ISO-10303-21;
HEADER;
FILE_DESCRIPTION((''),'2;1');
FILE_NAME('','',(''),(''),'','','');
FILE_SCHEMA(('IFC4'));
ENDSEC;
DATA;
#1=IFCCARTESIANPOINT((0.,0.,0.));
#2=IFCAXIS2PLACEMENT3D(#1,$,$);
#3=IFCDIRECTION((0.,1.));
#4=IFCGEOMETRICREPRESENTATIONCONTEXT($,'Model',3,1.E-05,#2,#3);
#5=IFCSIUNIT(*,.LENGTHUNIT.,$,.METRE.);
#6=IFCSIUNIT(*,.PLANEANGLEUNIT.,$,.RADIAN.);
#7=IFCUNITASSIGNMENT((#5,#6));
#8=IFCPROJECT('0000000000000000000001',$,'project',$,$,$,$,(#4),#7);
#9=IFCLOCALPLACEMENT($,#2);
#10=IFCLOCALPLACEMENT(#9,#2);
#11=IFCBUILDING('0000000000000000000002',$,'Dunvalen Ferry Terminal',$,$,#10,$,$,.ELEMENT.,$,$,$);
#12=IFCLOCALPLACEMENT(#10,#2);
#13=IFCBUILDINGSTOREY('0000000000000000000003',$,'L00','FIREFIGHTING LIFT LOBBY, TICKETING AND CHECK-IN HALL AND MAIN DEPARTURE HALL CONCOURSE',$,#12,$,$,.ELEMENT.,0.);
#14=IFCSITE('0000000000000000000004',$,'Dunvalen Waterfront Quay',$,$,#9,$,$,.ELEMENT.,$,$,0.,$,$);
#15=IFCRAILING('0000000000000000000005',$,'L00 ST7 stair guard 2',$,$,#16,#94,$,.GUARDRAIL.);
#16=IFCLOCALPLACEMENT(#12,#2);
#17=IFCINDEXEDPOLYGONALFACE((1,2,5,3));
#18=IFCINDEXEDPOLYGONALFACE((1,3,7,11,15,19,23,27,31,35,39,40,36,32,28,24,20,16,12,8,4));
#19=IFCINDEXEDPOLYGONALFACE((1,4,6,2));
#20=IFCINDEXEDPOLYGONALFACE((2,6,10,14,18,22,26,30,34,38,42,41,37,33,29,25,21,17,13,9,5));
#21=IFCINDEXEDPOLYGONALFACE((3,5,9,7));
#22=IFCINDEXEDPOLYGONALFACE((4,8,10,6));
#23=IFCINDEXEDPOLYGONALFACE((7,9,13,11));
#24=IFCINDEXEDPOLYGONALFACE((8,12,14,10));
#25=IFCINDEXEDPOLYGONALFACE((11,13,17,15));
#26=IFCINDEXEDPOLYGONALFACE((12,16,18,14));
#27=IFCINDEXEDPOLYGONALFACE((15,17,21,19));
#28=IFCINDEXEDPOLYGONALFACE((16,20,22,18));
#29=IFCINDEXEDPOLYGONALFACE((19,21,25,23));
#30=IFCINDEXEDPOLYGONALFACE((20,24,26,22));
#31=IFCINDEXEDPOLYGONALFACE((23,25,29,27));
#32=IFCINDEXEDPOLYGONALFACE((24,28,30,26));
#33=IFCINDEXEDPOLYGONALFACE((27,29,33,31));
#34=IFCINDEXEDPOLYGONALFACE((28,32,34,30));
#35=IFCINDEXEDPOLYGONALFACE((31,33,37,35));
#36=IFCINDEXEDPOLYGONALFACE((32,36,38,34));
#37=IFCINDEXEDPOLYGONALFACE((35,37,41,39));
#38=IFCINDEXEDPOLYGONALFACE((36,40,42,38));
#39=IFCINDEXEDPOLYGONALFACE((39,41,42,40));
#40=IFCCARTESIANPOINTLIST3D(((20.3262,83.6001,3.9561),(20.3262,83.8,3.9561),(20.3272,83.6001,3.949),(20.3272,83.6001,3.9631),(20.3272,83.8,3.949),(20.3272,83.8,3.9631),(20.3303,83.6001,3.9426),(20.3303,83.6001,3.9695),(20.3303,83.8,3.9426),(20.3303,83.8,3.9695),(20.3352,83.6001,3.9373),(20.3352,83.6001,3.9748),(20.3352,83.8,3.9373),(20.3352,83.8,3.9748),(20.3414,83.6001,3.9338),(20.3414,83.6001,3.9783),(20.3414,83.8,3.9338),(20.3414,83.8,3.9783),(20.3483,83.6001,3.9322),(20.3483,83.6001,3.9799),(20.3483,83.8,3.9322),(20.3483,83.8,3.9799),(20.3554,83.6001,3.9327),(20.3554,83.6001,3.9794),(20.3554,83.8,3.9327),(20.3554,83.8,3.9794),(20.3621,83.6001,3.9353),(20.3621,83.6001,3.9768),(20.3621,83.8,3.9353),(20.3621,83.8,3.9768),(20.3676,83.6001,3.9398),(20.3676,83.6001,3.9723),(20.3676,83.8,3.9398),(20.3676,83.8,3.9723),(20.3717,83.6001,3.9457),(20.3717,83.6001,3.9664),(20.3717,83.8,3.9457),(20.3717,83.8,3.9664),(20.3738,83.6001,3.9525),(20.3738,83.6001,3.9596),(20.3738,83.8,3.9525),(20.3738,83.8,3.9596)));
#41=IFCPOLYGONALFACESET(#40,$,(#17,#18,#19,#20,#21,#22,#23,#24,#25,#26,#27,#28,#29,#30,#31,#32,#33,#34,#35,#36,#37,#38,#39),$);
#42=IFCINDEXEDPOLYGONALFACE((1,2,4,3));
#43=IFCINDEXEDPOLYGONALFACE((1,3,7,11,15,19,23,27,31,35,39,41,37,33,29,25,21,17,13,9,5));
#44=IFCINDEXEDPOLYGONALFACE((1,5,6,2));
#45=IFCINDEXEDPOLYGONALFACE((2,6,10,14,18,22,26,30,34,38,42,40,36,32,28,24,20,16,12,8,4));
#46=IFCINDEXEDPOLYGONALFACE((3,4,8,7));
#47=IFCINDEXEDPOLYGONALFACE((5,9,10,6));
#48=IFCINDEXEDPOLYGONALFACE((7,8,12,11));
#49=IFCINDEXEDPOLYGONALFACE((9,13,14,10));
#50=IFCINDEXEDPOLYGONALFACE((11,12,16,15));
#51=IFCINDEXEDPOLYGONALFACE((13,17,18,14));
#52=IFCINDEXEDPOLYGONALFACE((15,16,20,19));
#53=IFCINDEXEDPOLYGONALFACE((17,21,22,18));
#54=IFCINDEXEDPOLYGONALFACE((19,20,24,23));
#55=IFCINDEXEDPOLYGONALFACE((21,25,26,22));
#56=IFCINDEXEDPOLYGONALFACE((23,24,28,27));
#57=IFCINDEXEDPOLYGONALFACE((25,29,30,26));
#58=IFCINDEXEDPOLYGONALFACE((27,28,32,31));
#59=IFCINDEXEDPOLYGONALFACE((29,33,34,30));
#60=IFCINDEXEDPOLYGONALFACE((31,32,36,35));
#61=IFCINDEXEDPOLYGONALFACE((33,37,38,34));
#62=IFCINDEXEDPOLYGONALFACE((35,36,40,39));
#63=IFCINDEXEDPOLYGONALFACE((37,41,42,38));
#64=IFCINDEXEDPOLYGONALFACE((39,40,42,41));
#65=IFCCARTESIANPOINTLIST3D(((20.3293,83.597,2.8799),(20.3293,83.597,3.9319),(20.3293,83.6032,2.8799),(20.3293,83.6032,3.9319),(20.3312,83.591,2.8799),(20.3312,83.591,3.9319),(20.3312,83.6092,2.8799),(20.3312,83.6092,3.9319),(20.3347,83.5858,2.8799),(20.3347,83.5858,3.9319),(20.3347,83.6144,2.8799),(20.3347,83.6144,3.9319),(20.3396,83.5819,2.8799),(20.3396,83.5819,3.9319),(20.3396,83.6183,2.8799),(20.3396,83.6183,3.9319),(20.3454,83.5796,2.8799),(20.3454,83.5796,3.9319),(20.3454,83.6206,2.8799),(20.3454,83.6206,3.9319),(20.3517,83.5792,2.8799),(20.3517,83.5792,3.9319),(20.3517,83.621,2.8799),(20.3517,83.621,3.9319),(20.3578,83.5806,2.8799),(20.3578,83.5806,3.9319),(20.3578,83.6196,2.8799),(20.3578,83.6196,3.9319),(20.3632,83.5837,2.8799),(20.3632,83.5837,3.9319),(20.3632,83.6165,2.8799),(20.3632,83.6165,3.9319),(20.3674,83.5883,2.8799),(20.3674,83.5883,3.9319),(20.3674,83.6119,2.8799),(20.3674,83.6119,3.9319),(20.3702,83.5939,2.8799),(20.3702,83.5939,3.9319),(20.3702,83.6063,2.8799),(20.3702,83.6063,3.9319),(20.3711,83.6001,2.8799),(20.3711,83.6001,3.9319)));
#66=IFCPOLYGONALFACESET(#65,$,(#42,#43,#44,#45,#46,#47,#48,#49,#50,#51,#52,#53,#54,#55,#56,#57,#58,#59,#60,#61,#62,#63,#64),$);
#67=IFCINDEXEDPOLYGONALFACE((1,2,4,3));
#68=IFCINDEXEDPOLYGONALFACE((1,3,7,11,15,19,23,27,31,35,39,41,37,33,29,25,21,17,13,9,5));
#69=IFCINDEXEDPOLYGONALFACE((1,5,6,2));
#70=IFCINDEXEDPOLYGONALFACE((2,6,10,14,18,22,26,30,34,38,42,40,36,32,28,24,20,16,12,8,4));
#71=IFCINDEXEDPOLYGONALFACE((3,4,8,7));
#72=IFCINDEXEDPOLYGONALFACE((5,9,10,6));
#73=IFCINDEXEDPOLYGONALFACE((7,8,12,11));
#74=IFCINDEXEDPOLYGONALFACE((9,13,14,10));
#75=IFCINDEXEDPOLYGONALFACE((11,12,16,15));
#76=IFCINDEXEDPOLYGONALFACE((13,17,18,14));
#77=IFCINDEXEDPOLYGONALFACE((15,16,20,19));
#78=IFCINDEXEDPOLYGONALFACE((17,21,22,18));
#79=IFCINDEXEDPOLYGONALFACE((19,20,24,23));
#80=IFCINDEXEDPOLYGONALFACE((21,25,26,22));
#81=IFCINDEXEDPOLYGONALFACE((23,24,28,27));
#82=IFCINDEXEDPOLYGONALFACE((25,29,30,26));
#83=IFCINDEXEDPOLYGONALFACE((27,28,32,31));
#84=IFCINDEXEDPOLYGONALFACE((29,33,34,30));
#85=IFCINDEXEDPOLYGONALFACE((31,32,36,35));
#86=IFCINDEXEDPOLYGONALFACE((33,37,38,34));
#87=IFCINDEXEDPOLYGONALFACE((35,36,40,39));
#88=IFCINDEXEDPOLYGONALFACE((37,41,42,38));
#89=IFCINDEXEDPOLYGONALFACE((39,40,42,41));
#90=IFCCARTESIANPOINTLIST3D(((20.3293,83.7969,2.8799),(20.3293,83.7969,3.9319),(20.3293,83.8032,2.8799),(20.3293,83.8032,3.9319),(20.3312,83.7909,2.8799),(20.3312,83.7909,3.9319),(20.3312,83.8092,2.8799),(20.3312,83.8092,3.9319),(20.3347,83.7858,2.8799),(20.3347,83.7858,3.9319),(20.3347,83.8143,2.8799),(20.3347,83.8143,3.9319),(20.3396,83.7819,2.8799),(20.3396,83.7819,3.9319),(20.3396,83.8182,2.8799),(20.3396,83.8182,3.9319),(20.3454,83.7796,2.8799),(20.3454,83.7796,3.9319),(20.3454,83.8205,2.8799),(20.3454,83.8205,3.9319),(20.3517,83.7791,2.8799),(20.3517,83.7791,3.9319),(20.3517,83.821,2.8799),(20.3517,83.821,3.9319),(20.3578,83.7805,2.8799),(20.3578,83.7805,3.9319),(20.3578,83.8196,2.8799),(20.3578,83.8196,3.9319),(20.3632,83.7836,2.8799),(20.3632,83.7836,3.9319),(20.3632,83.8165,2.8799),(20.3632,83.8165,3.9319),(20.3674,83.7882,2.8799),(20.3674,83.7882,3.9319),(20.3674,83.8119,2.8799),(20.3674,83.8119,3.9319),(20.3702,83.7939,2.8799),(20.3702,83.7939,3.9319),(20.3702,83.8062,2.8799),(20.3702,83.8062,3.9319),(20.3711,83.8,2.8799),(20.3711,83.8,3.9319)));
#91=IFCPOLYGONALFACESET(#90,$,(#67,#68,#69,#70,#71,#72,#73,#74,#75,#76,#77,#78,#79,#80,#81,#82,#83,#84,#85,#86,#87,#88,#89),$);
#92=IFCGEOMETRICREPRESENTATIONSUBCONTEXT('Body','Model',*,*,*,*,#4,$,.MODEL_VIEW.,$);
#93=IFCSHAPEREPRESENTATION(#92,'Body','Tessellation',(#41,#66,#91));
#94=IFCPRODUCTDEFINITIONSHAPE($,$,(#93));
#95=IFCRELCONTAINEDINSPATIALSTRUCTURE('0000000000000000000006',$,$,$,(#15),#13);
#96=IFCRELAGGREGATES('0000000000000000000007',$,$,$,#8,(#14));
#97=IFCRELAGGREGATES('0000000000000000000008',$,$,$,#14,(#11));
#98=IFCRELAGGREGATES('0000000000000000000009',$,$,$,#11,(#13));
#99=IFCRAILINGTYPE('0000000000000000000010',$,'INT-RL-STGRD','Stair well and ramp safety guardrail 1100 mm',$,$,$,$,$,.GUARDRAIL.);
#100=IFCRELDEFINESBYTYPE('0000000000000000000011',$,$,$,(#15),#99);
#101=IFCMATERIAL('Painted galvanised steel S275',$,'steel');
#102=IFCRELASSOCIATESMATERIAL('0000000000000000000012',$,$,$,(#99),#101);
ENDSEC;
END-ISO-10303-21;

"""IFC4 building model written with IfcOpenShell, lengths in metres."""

from ifc_helpers import new_model, si_unit, direction, frame, origin, origin_2d, place, context, subcontext, project, spatial, circle, extrude, material, type_object, element, save


model = new_model("IFC4")

# Units and contexts
model_context = context("Model", 3, precision=1e-05, world=origin(), true_north=direction((0.0, 1.0)))
body_context = subcontext(model_context, "Body", "Model", "MODEL_VIEW")
ifc_project = project(units=[si_unit("LENGTHUNIT", "METRE"), si_unit("PLANEANGLEUNIT", "RADIAN")], contexts=[model_context])

# Site, building, storey
site_placement = place(None, origin())
site = spatial("IfcSite", under=ifc_project, at=site_placement, Name="Dunvalen Waterfront Quay", CompositionType="ELEMENT", RefElevation=0.0)
building_placement = place(site_placement, origin())
building = spatial("IfcBuilding", under=site, at=building_placement, Name="Dunvalen Ferry Terminal", CompositionType="ELEMENT")
storey_placement = place(building_placement, origin())
storey = spatial("IfcBuildingStorey", under=building, at=storey_placement, Name="L00", Description="FIREFIGHTING LIFT LOBBY, TICKETING AND CHECK-IN HALL AND MAIN DEPARTURE HALL CONCOURSE", CompositionType="ELEMENT", Elevation=0.0)

# Railing
ifc_material_1 = material(Name="Painted galvanised steel S275", Category="steel")
railing_type_1 = type_object("IfcRailingType", Name="INT-RL-STGRD", Description="Stair well and ramp safety guardrail 1100 mm", PredefinedType="GUARDRAIL", material=ifc_material_1)
railing_1_placement = place(storey_placement, frame((20.3501, 83.6001, 2.8799)))
element("IfcRailing", 1, at=railing_1_placement, inside=storey, type_object=railing_type_1, Name="L00 ST7 stair guard 2", PredefinedType="GUARDRAIL", context=body_context, shape_type="SweptSolid", body=[
    extrude(circle(Radius=0.0239, at=origin_2d()), frame((0.0, 0.0, 1.0762), z_axis=(0.0, 1.0, 0.0), x_axis=(-1.0, 0.0, 0.0)), (0.0, 0.0, 1.0), 0.2),
    extrude(circle(Radius=0.021, at=origin_2d()), origin(), (0.0, 0.0, 1.0), 1.052),
    extrude(circle(Radius=0.021, at=origin_2d()), frame((0.0, 0.2, 0.0)), (0.0, 0.0, 1.0), 1.052),
])

save(model, "model.ifc")
